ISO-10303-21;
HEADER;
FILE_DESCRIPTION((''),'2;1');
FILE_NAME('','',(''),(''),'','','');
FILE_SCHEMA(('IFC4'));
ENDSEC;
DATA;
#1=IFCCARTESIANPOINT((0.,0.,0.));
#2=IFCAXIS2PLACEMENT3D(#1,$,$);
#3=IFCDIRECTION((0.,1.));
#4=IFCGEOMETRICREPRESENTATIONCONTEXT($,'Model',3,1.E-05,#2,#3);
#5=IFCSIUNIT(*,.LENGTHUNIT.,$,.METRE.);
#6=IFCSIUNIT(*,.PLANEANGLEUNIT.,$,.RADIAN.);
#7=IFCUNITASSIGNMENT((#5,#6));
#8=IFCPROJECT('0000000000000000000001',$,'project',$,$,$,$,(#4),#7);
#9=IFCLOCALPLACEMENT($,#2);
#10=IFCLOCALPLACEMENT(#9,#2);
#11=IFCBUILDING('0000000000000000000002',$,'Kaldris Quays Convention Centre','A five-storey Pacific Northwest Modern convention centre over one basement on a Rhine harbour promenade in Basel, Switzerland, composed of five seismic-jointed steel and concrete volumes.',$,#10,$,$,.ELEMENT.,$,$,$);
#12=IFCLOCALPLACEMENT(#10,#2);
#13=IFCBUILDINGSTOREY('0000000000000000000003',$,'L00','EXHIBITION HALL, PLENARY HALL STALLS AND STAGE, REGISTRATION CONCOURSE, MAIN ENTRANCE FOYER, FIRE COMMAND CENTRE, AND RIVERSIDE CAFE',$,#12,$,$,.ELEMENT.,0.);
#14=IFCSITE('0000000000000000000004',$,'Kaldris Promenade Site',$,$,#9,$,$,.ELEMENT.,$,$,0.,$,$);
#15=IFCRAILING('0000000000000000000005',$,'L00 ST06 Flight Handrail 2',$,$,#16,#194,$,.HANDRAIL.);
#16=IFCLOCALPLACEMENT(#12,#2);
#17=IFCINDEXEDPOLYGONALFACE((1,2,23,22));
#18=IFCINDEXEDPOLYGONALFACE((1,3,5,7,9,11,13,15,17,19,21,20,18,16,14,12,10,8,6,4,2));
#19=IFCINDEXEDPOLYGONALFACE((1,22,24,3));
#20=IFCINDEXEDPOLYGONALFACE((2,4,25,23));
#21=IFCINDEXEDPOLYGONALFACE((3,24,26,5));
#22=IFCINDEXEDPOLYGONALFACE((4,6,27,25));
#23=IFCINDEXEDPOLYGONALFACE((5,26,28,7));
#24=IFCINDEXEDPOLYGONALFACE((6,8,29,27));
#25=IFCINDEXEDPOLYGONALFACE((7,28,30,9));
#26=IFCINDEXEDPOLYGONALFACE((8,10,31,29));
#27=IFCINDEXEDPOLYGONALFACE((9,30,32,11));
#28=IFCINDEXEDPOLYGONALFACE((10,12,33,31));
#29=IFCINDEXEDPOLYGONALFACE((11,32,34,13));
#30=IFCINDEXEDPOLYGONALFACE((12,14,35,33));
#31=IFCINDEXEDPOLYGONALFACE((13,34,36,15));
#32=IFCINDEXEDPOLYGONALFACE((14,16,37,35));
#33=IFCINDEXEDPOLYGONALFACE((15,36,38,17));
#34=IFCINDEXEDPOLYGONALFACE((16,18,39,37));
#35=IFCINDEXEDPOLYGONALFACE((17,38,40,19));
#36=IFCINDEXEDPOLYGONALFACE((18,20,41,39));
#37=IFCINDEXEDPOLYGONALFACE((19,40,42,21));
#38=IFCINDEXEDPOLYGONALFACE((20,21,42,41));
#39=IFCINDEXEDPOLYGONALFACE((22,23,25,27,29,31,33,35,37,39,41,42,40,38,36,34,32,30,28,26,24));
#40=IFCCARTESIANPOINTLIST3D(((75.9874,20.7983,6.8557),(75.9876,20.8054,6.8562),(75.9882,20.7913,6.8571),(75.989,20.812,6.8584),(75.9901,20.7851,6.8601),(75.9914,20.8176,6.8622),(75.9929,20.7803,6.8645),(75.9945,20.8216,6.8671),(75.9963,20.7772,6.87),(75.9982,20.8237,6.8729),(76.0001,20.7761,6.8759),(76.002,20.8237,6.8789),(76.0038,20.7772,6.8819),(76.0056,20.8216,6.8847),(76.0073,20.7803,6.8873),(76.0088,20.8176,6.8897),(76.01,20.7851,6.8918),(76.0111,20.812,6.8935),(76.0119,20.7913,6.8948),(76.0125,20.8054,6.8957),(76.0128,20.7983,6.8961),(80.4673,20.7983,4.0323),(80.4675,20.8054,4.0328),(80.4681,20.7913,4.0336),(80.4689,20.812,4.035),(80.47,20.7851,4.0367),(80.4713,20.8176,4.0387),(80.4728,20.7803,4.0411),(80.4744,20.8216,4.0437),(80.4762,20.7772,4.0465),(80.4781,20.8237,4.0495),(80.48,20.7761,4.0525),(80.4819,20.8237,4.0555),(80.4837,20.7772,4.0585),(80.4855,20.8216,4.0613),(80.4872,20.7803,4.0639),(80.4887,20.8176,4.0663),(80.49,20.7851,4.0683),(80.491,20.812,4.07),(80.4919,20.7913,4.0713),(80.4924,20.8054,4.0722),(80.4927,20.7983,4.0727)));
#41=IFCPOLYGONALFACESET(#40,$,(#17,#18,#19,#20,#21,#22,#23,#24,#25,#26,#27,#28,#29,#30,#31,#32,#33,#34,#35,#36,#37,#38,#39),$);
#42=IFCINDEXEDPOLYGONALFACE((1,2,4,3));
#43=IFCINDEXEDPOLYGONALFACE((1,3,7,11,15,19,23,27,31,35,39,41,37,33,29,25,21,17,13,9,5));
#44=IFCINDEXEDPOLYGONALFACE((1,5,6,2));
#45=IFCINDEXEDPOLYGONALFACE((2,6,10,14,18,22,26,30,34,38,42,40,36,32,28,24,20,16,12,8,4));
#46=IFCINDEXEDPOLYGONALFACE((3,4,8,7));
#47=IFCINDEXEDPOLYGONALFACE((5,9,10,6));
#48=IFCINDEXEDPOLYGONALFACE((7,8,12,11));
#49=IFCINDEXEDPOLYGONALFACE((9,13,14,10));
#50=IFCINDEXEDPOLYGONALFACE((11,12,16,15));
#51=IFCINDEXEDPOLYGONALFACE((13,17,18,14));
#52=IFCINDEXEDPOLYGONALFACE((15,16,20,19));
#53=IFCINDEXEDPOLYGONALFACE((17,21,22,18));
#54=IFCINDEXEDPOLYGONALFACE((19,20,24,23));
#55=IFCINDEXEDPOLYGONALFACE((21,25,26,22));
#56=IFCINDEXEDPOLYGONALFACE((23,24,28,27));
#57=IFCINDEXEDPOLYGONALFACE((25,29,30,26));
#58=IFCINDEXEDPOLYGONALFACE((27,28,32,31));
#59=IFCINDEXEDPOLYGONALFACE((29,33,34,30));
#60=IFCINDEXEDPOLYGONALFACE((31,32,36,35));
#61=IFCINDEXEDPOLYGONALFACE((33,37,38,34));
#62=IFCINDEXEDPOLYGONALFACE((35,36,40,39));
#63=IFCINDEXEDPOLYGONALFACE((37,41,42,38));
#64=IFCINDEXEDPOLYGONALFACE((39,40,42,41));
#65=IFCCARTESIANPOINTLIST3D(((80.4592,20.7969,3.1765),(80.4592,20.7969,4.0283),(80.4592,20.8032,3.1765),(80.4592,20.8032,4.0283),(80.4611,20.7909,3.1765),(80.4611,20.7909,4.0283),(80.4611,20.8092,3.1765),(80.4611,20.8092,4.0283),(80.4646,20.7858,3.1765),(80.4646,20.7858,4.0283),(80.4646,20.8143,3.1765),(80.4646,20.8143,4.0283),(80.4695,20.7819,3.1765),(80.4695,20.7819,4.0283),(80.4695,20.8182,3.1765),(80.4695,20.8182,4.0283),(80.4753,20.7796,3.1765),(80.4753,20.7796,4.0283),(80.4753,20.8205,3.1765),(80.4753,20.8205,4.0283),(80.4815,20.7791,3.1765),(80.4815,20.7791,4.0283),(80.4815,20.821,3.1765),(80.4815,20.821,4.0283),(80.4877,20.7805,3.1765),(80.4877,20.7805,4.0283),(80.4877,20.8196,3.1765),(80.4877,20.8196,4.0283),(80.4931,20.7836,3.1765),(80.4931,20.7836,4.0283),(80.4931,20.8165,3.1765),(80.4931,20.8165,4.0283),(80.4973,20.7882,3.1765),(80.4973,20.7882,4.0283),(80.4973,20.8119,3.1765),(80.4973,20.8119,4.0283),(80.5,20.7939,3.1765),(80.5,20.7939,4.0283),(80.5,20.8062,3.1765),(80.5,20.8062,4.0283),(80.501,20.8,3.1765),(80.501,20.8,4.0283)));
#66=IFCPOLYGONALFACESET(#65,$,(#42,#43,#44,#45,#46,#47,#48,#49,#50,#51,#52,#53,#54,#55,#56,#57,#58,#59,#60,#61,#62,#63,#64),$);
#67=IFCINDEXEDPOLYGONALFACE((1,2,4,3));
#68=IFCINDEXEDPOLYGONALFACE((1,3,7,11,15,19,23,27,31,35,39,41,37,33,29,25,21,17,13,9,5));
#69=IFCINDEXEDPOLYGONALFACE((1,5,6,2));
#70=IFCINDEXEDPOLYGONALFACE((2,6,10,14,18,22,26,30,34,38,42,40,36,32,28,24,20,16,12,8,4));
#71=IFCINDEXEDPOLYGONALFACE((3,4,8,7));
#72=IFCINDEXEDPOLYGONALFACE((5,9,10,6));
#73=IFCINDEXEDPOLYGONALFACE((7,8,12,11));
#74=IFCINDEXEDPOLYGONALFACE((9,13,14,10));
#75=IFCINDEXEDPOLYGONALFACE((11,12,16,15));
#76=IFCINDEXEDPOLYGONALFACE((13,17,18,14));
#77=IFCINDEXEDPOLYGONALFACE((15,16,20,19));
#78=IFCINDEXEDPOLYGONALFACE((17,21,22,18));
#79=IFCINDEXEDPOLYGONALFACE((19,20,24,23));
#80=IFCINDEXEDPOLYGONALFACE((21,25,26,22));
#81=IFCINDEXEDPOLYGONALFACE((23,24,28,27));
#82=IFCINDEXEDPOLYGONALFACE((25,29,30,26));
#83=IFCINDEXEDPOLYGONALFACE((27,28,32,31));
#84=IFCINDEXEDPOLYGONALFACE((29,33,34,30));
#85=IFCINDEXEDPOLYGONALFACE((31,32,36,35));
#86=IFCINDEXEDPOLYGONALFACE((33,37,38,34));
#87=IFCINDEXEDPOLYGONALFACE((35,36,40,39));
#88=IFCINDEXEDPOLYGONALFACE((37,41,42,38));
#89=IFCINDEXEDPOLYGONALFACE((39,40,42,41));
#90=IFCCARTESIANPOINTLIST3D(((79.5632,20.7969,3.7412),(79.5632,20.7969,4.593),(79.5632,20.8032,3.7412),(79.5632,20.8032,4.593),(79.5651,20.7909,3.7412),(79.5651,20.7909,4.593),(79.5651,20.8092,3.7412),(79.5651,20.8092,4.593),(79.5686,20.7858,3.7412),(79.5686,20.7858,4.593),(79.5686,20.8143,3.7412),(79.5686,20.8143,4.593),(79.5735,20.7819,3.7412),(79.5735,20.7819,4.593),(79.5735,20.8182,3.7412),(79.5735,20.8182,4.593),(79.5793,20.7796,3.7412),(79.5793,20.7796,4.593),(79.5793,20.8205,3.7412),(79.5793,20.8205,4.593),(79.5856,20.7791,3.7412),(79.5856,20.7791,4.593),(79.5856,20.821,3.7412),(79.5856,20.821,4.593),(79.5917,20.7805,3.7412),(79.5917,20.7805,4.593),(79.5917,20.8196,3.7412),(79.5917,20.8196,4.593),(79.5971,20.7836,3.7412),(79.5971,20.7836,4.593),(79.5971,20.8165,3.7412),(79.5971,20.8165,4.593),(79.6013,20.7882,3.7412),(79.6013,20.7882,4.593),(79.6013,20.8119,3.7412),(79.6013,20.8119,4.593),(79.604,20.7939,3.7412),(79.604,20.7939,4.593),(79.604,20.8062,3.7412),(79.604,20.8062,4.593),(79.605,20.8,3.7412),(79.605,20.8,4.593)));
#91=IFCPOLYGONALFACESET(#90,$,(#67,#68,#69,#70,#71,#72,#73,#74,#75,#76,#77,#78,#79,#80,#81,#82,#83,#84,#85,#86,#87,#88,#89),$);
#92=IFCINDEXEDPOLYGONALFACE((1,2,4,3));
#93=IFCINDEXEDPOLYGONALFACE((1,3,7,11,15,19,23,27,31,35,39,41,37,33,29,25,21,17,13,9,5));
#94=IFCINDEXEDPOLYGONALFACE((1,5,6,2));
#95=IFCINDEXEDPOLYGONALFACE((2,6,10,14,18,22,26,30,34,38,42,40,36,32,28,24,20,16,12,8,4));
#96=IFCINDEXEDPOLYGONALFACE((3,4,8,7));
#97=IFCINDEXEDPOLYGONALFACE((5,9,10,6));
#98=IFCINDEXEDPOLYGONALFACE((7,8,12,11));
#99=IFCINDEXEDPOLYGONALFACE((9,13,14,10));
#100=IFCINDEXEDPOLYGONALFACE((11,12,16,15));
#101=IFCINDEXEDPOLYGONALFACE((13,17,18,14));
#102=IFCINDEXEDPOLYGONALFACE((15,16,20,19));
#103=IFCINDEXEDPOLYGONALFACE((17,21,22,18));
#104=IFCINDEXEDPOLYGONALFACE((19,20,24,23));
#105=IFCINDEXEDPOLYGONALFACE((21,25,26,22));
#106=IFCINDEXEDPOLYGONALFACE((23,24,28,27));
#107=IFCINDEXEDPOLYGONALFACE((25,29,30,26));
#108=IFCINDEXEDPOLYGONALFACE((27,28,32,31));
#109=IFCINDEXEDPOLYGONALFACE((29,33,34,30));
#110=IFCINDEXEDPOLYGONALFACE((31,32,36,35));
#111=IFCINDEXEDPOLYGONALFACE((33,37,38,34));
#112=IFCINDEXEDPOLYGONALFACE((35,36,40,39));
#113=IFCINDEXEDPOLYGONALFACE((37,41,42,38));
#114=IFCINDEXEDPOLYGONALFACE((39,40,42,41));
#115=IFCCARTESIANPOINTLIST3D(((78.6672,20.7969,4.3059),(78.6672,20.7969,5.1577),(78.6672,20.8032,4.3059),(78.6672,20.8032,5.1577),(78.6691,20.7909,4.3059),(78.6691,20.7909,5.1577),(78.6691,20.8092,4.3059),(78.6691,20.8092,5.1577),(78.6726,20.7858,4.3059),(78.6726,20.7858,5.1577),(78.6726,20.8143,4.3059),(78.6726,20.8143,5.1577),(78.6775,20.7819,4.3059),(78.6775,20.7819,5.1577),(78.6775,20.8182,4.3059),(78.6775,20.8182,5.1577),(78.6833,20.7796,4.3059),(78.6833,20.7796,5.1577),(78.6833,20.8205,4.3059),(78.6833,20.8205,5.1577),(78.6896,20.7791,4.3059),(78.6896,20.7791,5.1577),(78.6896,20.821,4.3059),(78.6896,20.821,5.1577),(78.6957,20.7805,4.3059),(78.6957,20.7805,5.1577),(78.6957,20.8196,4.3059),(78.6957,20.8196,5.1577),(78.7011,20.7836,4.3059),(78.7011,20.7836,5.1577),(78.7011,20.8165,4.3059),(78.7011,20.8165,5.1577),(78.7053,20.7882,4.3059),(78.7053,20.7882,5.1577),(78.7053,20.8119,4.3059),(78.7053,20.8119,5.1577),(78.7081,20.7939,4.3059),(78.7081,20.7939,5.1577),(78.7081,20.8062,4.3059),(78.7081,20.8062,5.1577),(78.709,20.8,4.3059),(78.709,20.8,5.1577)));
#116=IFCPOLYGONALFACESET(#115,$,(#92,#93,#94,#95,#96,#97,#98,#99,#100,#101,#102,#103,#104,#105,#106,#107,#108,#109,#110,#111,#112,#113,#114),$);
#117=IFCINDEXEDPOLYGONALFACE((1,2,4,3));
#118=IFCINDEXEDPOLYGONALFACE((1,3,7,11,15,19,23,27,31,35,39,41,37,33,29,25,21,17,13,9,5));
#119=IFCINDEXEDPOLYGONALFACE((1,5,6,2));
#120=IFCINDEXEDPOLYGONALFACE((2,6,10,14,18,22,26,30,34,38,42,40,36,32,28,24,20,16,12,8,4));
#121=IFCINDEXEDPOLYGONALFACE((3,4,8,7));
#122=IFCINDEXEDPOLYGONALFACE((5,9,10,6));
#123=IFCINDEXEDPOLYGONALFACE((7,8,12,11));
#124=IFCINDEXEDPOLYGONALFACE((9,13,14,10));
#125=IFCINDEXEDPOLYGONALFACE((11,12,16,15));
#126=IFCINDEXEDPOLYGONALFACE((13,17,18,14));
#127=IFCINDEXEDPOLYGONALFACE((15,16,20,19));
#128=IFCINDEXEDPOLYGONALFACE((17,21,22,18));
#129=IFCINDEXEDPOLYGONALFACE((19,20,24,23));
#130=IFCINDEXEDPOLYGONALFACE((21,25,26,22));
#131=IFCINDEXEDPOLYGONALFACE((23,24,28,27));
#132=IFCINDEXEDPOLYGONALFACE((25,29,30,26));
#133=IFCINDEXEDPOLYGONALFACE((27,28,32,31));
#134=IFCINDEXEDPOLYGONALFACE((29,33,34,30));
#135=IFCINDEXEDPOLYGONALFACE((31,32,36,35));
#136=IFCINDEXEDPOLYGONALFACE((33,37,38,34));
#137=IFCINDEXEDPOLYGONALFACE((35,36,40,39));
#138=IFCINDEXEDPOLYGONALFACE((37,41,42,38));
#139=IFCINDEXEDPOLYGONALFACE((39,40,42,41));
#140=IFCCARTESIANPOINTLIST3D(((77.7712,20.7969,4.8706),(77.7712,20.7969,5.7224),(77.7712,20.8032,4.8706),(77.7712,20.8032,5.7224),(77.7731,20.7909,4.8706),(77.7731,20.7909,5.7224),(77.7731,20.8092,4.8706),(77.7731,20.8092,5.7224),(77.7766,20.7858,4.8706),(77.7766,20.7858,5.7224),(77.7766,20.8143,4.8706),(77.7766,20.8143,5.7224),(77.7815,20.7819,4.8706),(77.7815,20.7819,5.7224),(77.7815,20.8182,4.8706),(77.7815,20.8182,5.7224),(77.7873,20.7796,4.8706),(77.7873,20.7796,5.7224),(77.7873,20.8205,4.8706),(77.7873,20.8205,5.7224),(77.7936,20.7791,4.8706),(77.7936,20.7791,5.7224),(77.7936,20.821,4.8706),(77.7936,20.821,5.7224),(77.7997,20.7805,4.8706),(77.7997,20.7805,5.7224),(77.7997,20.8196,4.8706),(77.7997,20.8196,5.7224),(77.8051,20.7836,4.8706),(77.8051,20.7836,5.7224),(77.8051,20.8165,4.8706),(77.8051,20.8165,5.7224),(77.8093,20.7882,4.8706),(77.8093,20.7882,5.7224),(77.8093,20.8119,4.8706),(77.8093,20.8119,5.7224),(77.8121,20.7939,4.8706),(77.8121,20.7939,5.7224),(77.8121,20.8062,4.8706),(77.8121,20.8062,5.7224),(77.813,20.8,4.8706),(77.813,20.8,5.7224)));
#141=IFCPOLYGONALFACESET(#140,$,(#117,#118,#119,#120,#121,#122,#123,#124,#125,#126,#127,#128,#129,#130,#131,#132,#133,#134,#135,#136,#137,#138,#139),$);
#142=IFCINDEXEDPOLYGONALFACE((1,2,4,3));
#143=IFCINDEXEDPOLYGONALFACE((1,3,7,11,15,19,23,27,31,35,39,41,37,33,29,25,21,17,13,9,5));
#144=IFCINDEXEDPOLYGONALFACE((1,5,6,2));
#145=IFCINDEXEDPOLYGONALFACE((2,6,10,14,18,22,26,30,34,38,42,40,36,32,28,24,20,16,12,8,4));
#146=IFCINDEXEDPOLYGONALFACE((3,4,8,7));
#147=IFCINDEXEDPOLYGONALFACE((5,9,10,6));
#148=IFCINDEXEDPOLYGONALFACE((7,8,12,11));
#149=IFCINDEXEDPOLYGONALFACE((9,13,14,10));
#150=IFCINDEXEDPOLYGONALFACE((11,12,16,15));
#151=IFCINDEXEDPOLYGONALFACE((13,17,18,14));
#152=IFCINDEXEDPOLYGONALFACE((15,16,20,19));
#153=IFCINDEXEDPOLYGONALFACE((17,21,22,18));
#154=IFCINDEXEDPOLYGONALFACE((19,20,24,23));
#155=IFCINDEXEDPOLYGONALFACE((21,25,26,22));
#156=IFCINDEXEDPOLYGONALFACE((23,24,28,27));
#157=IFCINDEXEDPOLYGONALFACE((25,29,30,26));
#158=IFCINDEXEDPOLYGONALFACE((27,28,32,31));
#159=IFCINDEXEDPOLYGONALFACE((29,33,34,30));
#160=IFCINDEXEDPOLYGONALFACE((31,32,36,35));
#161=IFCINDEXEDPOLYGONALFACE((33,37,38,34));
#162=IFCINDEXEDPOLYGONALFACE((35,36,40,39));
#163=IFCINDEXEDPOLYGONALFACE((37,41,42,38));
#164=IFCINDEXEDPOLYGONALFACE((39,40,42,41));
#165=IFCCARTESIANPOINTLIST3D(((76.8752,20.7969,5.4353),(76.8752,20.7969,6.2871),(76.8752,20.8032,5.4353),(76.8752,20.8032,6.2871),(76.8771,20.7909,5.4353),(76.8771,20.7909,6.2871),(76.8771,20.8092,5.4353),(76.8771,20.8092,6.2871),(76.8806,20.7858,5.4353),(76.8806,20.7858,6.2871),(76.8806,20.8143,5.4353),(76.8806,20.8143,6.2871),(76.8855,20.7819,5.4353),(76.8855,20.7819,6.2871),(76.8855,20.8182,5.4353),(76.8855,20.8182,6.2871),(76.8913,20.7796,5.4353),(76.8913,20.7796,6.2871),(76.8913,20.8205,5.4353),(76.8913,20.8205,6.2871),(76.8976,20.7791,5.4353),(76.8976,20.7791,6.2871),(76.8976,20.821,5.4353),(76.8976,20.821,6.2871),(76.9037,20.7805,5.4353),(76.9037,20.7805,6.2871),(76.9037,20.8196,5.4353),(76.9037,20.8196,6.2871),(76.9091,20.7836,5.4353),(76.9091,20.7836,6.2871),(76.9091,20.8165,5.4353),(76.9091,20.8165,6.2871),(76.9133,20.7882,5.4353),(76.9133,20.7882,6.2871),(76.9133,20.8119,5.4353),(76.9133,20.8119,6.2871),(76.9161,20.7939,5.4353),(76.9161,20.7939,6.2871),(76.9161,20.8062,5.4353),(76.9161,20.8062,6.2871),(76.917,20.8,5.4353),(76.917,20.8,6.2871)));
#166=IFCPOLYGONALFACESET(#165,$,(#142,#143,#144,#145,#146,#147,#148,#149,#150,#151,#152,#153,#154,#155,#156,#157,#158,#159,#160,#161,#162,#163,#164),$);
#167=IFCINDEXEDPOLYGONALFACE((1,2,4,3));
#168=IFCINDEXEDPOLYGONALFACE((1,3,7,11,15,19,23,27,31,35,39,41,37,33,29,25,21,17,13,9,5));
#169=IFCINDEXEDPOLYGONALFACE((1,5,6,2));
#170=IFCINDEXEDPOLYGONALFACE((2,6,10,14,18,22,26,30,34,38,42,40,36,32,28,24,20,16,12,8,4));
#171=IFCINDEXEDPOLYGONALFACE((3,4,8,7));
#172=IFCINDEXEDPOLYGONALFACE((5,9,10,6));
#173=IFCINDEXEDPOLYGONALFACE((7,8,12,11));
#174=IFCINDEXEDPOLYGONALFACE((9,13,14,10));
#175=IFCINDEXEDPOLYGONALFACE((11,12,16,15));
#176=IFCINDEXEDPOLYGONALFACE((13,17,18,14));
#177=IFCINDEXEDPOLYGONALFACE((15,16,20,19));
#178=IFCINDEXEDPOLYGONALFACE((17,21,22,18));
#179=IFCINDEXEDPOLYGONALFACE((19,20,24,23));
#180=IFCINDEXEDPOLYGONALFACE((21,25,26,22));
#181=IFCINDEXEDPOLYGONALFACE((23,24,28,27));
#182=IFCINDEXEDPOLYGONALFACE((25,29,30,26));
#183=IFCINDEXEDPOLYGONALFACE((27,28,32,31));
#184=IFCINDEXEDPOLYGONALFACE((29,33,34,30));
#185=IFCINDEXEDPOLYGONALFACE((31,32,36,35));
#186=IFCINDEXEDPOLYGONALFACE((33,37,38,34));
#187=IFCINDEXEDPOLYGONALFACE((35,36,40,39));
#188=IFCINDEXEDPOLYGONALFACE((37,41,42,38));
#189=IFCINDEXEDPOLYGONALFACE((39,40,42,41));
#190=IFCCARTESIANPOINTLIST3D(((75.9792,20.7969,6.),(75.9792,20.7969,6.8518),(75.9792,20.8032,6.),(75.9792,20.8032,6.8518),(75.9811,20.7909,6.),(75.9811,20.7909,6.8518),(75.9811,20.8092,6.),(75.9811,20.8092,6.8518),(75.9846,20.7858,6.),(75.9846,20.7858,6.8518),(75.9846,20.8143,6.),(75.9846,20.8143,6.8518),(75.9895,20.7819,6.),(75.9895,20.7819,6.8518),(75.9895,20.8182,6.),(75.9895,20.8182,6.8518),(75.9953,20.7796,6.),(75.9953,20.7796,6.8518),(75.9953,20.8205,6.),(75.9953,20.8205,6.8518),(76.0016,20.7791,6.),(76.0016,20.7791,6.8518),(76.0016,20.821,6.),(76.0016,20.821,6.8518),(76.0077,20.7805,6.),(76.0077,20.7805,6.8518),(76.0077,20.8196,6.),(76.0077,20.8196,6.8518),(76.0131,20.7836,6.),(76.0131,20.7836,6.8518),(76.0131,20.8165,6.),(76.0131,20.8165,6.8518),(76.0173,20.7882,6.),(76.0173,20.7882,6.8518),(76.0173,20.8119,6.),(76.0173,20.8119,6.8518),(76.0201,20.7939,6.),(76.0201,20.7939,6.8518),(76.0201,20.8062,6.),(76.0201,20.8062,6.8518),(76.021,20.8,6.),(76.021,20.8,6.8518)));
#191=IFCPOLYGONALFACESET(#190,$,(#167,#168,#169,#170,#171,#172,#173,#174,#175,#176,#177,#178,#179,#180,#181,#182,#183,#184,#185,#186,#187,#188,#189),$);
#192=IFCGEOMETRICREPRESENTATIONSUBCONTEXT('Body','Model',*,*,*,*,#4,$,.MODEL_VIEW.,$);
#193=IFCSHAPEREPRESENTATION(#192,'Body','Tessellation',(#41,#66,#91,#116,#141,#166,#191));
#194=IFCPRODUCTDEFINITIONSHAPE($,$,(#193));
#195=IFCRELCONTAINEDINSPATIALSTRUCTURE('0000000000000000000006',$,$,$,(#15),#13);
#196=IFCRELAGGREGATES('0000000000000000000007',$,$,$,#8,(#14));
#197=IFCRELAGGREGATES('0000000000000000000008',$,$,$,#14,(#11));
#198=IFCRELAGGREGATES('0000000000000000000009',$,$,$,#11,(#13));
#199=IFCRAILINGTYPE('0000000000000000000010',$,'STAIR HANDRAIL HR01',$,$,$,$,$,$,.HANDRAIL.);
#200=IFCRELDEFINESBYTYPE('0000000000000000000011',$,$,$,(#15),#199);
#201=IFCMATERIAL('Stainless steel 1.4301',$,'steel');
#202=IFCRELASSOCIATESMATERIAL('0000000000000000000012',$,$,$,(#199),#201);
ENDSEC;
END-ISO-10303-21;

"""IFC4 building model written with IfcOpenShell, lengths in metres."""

from ifc_helpers import new_model, si_unit, direction, frame, origin, origin_2d, place, context, subcontext, project, spatial, circle, extrude, material, type_object, element, save


model = new_model("IFC4")

# Units and contexts
model_context = context("Model", 3, precision=1e-05, world=origin(), true_north=direction((0.0, 1.0)))
body_context = subcontext(model_context, "Body", "Model", "MODEL_VIEW")
ifc_project = project(units=[si_unit("LENGTHUNIT", "METRE"), si_unit("PLANEANGLEUNIT", "RADIAN")], contexts=[model_context])

# Site, building, storey
site_placement = place(None, origin())
site = spatial("IfcSite", under=ifc_project, at=site_placement, Name="Kaldris Promenade Site", CompositionType="ELEMENT", RefElevation=0.0)
building_placement = place(site_placement, origin())
building = spatial("IfcBuilding", under=site, at=building_placement, Name="Kaldris Quays Convention Centre", Description="A five-storey Pacific Northwest Modern convention centre over one basement on a Rhine harbour promenade in Basel, Switzerland, composed of five seismic-jointed steel and concrete volumes.", CompositionType="ELEMENT")
storey_placement = place(building_placement, origin())
storey = spatial("IfcBuildingStorey", under=building, at=storey_placement, Name="L00", Description="EXHIBITION HALL, PLENARY HALL STALLS AND STAGE, REGISTRATION CONCOURSE, MAIN ENTRANCE FOYER, FIRE COMMAND CENTRE, AND RIVERSIDE CAFE", CompositionType="ELEMENT", Elevation=0.0)

# Railing
ifc_material_1 = material(Name="Stainless steel 1.4301", Category="steel")
railing_type_1 = type_object("IfcRailingType", Name="STAIR HANDRAIL HR01", PredefinedType="HANDRAIL", material=ifc_material_1)
railing_1_placement = place(storey_placement, frame((80.48, 20.8, 3.1765)))
element("IfcRailing", 1, at=railing_1_placement, inside=storey, type_object=railing_type_1, Name="L00 ST06 Flight Handrail 2", PredefinedType="HANDRAIL", context=body_context, shape_type="SweptSolid", body=[
    extrude(circle(Radius=0.0239, at=origin_2d()), frame((0.0, 0.0, 0.876), z_axis=(-0.845998, 0.0, 0.533186), x_axis=(0.0, -1.0, 0.0)), (0.0, 0.0, 1.0), 5.2954),
    extrude(circle(Radius=0.021, at=origin_2d()), origin(), (0.0, 0.0, 1.0), 0.8518),
    extrude(circle(Radius=0.021, at=origin_2d()), frame((-0.896, 0.0, 0.5647)), (0.0, 0.0, 1.0), 0.8518),
    extrude(circle(Radius=0.021, at=origin_2d()), frame((-1.792, 0.0, 1.1294)), (0.0, 0.0, 1.0), 0.8518),
    extrude(circle(Radius=0.021, at=origin_2d()), frame((-2.688, 0.0, 1.6941)), (0.0, 0.0, 1.0), 0.8518),
    extrude(circle(Radius=0.021, at=origin_2d()), frame((-3.584, 0.0, 2.2588)), (0.0, 0.0, 1.0), 0.8518),
    extrude(circle(Radius=0.021, at=origin_2d()), frame((-4.48, 0.0, 2.8235)), (0.0, 0.0, 1.0), 0.8518),
])

save(model, "model.ifc")
